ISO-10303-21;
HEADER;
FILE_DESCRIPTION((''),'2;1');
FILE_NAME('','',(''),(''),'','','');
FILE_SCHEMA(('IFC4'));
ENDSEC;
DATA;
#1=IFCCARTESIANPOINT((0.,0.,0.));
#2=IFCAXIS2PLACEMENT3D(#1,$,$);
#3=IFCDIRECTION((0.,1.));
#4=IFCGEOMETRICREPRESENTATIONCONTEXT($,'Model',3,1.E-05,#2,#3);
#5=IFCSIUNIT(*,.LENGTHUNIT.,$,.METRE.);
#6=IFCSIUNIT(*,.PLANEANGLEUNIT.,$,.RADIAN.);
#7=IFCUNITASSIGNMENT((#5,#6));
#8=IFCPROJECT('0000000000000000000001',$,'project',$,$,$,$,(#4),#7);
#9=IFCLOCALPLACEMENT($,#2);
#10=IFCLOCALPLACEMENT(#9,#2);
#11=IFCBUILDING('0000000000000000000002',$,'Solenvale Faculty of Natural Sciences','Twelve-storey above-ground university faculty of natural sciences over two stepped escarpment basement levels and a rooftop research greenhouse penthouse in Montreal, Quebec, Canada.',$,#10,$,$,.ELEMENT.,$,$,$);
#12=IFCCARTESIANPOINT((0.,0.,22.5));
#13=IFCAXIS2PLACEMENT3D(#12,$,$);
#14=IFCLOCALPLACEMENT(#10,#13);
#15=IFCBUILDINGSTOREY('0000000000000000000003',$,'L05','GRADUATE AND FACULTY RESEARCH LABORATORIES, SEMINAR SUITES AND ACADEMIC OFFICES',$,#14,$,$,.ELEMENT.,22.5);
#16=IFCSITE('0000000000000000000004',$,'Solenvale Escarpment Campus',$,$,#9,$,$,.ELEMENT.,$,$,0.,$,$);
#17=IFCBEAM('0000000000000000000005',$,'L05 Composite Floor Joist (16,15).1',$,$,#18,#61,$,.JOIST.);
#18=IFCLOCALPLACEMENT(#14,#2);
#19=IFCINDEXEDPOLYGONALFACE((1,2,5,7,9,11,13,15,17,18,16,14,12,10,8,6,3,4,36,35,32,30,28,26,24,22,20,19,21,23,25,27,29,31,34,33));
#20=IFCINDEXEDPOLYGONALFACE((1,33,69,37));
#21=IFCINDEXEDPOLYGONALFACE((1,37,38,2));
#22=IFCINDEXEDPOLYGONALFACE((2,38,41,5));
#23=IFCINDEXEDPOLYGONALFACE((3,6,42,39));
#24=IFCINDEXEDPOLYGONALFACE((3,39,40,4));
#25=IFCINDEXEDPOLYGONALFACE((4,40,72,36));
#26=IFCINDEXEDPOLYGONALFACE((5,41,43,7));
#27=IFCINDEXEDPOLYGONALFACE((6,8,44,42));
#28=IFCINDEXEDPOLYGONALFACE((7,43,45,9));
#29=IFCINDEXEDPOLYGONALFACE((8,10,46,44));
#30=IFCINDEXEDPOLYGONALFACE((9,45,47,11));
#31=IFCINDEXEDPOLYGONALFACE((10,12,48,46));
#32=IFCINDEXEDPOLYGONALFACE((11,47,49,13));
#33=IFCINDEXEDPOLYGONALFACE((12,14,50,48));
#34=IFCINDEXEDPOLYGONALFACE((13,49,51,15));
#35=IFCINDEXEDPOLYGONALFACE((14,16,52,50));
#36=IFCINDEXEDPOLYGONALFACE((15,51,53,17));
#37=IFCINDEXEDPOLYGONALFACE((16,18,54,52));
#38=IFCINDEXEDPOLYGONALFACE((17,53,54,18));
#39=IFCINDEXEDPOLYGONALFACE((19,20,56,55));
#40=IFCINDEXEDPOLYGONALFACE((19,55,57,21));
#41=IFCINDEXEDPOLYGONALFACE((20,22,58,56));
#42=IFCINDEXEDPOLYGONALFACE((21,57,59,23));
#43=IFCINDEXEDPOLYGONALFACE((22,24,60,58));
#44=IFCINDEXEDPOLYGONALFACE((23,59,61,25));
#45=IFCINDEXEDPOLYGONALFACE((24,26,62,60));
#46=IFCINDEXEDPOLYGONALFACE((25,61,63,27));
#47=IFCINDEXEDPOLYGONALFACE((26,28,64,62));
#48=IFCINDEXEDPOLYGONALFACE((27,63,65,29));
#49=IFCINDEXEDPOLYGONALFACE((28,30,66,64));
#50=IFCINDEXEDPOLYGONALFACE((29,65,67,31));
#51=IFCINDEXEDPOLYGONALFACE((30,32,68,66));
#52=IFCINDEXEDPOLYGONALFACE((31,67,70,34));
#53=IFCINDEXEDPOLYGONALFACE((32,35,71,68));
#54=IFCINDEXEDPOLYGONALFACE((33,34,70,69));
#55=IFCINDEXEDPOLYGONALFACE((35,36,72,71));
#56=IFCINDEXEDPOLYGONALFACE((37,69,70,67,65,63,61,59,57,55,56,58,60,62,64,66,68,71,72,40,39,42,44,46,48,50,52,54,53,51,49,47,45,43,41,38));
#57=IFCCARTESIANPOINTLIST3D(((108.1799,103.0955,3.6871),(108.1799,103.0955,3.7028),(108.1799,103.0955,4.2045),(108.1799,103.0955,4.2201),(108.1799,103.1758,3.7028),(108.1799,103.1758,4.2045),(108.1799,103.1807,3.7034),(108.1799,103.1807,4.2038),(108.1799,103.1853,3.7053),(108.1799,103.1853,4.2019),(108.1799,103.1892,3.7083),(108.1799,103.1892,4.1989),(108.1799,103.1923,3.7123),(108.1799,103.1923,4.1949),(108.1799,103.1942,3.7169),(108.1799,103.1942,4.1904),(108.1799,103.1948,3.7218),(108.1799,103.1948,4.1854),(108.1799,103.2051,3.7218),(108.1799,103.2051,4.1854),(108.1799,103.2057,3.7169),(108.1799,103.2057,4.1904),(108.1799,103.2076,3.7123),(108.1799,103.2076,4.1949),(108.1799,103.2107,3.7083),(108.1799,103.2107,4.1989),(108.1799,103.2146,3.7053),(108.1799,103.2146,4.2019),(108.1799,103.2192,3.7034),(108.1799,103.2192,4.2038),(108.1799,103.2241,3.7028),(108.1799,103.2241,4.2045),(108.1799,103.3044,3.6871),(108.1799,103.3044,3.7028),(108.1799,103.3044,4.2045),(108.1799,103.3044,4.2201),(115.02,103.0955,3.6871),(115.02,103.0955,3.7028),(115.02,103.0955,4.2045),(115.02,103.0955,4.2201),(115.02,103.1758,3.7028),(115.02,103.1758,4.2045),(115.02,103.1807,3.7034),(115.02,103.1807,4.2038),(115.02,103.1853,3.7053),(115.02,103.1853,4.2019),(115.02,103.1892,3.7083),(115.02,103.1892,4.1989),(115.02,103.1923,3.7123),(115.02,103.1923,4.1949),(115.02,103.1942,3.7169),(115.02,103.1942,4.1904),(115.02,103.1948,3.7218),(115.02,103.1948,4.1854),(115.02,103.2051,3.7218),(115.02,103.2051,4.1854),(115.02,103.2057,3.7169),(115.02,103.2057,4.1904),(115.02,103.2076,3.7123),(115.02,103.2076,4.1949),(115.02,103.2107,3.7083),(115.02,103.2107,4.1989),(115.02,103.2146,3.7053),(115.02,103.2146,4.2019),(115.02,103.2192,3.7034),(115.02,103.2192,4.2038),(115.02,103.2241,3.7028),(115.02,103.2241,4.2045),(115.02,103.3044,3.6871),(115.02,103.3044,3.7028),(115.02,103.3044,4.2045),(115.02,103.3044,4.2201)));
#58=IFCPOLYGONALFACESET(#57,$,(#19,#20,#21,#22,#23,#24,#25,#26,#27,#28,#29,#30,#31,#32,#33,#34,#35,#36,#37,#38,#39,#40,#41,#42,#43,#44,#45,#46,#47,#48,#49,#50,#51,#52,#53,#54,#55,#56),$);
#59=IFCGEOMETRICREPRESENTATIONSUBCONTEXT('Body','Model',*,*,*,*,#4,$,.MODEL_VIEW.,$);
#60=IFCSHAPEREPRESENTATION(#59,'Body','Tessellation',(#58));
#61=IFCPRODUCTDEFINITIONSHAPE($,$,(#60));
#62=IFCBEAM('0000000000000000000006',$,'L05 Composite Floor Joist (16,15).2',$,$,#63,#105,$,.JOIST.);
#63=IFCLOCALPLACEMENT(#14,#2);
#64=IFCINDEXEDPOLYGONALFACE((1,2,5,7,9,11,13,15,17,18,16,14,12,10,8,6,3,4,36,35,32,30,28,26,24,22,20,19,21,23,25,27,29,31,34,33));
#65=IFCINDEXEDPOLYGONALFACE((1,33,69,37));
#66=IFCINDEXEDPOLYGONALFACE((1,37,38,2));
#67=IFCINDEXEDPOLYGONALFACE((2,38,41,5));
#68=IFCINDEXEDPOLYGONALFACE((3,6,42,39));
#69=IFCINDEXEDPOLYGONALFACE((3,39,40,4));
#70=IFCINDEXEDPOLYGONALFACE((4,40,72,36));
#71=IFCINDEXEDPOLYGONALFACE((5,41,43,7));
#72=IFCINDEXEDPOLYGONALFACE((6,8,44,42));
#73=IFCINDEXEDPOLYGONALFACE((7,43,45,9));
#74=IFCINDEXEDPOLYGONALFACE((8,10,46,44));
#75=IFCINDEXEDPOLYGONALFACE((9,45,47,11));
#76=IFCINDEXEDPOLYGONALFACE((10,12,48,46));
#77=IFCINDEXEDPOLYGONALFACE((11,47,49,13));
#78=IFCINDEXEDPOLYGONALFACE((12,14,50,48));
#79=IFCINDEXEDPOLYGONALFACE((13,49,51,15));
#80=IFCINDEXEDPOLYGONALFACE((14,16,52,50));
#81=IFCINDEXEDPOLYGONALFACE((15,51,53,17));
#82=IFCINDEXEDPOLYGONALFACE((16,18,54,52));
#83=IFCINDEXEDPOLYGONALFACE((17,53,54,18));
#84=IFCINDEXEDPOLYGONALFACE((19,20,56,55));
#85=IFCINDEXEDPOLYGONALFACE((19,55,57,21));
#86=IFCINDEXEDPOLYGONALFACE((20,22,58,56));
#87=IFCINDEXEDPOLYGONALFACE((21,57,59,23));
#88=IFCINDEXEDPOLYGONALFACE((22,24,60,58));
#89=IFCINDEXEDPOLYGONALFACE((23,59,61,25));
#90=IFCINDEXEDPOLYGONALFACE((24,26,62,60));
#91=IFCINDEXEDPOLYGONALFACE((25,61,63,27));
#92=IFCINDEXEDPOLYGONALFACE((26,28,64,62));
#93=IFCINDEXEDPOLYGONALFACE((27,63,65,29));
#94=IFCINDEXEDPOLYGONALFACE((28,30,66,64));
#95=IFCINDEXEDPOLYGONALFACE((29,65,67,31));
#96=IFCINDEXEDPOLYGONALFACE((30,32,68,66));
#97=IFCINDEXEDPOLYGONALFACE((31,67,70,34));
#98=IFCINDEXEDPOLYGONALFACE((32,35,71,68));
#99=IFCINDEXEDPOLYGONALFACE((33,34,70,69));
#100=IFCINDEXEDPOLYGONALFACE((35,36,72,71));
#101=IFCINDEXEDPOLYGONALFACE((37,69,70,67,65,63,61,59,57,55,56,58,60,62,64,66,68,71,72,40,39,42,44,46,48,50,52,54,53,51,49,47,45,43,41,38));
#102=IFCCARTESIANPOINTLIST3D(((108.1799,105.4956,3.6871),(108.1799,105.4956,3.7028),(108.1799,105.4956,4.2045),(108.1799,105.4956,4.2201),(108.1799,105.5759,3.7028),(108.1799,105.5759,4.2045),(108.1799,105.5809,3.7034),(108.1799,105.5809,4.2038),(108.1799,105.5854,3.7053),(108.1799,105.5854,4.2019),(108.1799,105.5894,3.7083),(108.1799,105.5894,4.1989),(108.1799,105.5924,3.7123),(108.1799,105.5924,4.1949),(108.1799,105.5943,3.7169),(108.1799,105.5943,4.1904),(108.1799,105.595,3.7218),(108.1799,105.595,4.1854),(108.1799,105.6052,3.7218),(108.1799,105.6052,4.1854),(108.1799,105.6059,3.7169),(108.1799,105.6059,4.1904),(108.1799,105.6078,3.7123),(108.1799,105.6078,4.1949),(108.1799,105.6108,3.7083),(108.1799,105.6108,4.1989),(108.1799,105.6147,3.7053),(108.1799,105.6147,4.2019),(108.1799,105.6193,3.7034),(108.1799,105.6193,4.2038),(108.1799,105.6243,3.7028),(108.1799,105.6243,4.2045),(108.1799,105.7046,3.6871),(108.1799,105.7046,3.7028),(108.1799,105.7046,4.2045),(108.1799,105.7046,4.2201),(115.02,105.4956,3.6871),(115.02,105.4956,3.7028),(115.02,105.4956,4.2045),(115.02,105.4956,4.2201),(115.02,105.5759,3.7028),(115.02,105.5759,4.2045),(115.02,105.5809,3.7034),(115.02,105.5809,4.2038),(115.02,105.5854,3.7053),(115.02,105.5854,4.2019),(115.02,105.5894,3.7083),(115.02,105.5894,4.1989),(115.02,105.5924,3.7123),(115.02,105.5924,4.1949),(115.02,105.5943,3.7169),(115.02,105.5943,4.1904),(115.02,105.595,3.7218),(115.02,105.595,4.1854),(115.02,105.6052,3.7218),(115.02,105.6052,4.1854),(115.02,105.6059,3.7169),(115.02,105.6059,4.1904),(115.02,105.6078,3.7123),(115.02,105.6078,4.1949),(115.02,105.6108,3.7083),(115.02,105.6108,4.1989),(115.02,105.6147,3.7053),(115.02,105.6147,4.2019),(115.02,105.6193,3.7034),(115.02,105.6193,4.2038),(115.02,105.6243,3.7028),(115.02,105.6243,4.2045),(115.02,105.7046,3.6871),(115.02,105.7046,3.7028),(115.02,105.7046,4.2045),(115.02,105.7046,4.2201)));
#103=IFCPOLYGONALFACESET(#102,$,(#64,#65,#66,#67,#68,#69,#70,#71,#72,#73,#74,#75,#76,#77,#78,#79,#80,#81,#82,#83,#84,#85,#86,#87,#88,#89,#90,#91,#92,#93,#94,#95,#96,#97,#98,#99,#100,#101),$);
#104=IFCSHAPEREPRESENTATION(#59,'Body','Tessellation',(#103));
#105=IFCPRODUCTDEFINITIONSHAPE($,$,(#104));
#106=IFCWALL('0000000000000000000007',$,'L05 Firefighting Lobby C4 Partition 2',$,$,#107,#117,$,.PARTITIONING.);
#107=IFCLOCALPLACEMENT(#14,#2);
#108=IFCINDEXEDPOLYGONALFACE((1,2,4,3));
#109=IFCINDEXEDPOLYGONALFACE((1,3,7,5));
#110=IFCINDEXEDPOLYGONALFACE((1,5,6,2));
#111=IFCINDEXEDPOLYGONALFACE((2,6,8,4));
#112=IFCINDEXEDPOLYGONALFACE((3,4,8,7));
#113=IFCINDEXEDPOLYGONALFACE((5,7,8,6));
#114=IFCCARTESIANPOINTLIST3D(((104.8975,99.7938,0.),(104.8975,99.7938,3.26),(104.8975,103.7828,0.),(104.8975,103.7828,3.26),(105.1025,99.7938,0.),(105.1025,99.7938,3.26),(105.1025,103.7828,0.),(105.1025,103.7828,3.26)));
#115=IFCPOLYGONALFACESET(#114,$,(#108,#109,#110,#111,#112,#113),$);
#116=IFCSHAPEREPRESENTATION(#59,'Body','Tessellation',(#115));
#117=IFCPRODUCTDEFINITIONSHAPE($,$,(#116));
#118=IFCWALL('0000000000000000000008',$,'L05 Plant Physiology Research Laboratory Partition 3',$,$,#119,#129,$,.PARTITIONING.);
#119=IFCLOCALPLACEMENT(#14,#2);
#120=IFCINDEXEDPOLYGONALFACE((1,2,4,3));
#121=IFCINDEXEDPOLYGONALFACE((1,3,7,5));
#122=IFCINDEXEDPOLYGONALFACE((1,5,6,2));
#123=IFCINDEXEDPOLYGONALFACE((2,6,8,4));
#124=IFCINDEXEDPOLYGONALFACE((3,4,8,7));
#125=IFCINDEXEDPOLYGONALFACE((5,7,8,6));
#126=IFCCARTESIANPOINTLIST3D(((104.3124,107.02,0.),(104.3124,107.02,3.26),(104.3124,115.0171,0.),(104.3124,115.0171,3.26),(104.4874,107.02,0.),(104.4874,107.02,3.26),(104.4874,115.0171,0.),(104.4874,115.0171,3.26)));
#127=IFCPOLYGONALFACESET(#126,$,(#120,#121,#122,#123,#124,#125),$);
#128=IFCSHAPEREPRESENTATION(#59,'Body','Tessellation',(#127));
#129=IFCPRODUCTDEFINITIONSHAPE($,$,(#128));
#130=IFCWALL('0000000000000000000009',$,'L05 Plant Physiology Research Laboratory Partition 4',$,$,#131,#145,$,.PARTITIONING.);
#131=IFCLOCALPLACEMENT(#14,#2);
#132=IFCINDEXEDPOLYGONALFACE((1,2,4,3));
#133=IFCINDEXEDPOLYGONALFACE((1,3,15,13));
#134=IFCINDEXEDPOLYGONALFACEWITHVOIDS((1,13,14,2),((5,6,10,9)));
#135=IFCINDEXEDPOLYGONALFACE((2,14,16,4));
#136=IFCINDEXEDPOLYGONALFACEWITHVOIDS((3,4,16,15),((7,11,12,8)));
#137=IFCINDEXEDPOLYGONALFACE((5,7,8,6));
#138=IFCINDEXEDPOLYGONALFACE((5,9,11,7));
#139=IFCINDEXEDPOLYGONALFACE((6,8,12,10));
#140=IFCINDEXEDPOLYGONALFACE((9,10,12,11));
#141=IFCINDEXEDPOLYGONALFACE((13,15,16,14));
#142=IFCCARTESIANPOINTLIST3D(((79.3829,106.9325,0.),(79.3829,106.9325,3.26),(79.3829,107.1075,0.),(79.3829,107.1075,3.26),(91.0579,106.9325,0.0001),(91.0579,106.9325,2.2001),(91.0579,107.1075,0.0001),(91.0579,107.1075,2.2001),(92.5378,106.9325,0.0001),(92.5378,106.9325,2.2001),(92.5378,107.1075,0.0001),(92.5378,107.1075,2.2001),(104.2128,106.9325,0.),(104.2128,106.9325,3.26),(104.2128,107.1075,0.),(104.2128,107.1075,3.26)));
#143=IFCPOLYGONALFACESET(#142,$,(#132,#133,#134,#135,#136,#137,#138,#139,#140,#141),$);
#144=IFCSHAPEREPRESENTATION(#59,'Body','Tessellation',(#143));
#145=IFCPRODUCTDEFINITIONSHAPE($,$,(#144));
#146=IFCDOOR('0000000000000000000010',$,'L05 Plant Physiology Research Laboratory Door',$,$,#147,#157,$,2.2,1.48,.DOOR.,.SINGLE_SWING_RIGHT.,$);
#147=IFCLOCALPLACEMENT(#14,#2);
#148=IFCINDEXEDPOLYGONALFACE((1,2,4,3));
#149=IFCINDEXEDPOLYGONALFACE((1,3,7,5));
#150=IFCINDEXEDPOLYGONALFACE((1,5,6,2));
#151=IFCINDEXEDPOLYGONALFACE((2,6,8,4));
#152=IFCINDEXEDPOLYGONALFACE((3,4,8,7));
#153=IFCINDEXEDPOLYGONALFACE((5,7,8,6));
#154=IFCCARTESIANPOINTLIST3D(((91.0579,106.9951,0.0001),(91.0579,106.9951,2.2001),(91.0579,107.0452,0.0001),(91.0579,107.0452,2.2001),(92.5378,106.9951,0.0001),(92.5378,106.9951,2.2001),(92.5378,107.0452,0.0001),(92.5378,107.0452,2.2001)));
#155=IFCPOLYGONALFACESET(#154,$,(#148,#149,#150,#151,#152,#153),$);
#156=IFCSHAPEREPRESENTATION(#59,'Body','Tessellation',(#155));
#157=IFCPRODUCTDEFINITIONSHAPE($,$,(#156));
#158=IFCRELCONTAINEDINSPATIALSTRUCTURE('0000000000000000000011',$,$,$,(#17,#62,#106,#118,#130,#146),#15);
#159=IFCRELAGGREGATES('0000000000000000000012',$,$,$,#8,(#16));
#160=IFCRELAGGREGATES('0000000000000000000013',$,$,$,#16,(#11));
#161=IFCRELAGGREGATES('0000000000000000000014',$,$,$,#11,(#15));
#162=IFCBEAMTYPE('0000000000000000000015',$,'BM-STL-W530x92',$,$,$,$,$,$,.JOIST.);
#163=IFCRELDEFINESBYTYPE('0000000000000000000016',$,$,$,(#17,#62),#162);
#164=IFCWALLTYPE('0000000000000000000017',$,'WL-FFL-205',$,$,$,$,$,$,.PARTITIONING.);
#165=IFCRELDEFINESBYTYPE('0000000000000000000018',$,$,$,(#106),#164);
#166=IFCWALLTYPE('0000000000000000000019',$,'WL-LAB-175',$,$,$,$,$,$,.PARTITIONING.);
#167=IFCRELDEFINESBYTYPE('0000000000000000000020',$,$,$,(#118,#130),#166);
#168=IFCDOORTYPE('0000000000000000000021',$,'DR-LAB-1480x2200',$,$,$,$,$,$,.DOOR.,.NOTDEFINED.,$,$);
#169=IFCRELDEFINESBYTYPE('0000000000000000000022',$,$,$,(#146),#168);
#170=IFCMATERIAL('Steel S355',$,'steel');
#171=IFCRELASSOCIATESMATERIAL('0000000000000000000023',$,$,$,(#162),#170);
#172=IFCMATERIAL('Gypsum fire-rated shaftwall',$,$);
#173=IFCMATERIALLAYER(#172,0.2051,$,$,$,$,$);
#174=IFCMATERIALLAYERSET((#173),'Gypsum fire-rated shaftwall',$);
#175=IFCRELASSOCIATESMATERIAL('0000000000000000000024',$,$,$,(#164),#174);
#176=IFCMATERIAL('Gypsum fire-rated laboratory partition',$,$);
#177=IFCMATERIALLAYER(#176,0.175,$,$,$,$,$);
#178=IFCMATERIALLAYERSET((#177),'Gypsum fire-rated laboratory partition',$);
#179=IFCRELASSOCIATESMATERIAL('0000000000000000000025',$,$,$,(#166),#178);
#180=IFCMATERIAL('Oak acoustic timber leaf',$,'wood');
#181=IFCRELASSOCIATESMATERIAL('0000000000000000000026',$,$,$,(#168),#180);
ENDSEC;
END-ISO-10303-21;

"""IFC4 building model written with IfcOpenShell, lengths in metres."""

from ifc_helpers import new_model, si_unit, direction, frame, frame_2d, origin, origin_2d, place, context, subcontext, project, spatial, rectangle, i_section, extrude, material, layer, layer_set, material_profile, profile_set, type_object, element, fill, save


model = new_model("IFC4")

# Units and contexts
model_context = context("Model", 3, precision=1e-05, world=origin(), true_north=direction((0.0, 1.0)))
body_context = subcontext(model_context, "Body", "Model", "MODEL_VIEW")
ifc_project = project(units=[si_unit("LENGTHUNIT", "METRE"), si_unit("PLANEANGLEUNIT", "RADIAN")], contexts=[model_context])

# Site, building, storey
site_placement = place(None, origin())
site = spatial("IfcSite", under=ifc_project, at=site_placement, Name="Solenvale Escarpment Campus", CompositionType="ELEMENT", RefElevation=0.0)
building_placement = place(site_placement, origin())
building = spatial("IfcBuilding", under=site, at=building_placement, Name="Solenvale Faculty of Natural Sciences", Description="Twelve-storey above-ground university faculty of natural sciences over two stepped escarpment basement levels and a rooftop research greenhouse penthouse in Montreal, Quebec, Canada.", CompositionType="ELEMENT")
storey_placement = place(building_placement, frame((0.0, 0.0, 22.5)))
storey = spatial("IfcBuildingStorey", under=building, at=storey_placement, Name="L05", Description="GRADUATE AND FACULTY RESEARCH LABORATORIES, SEMINAR SUITES AND ACADEMIC OFFICES", CompositionType="ELEMENT", Elevation=22.5)

# Beams
ifc_material_1 = material(Name="Steel S355", Category="steel")
ifc_material_profile_1 = material_profile(ifc_material_1, i_section(OverallWidth=0.209, OverallDepth=0.533, WebThickness=0.0103, FlangeThickness=0.0156, FilletRadius=0.019, at=origin_2d()), Name="W530x92")
ifc_profile_set_1 = profile_set([ifc_material_profile_1], Name="Steel S355")
beam_type_1 = type_object("IfcBeamType", Name="BM-STL-W530x92", PredefinedType="JOIST", material=ifc_profile_set_1)
for number, where, z_axis, x_axis, name in (
    (1, (108.1799, 103.2, 3.9536), (1.0, 0.0, 0.0), (0.0, 1.0, 0.0), "L05 Composite Floor Joist (16,15).1"),
    (2, (108.1799, 105.6001, 3.9536), (1.0, 0.0, 0.0), (0.0, 1.0, 0.0), "L05 Composite Floor Joist (16,15).2"),
):
    element("IfcBeam", number, at=place(storey_placement, frame(where, z_axis=z_axis, x_axis=x_axis)), inside=storey, type_object=beam_type_1, Name=name, PredefinedType="JOIST", context=body_context, shape_type="SweptSolid", body=[
        extrude(i_section(OverallWidth=0.209, OverallDepth=0.533, WebThickness=0.0103, FlangeThickness=0.0156, FilletRadius=0.019, at=origin_2d()), origin(), (0.0, 0.0, 1.0), 6.8401),
    ])

# Shared definitions
ifc_material_2 = material(Name="Gypsum fire-rated shaftwall")
ifc_layer_1 = layer(ifc_material_2, 0.2051)
ifc_layer_set_1 = layer_set([ifc_layer_1], Name="Gypsum fire-rated shaftwall")
wall_type_1 = type_object("IfcWallType", Name="WL-FFL-205", PredefinedType="PARTITIONING", material=ifc_layer_set_1)

# Walls
wall_1_placement = place(storey_placement, frame((105.0, 103.783, 0.0), z_axis=(0.0, 0.0, 1.0), x_axis=(0.0, -1.0, 0.0)))
element("IfcWall", 3, at=wall_1_placement, inside=storey, type_object=wall_type_1, Name="L05 Firefighting Lobby C4 Partition 2", PredefinedType="PARTITIONING", context=body_context, shape_type="SweptSolid", body=[
    extrude(rectangle(XDim=3.989, YDim=0.2051, at=frame_2d((1.9946, 0.0))), origin(), (0.0, 0.0, 1.0), 3.26),
])
ifc_material_3 = material(Name="Gypsum fire-rated laboratory partition")
ifc_layer_2 = layer(ifc_material_3, 0.175)
ifc_layer_set_2 = layer_set([ifc_layer_2], Name="Gypsum fire-rated laboratory partition")
wall_type_2 = type_object("IfcWallType", Name="WL-LAB-175", PredefinedType="PARTITIONING", material=ifc_layer_set_2)
wall_2_placement = place(storey_placement, frame((104.3999, 115.0171, 0.0), z_axis=(0.0, 0.0, 1.0), x_axis=(0.0, -1.0, 0.0)))
element("IfcWall", 4, at=wall_2_placement, inside=storey, type_object=wall_type_2, Name="L05 Plant Physiology Research Laboratory Partition 3", PredefinedType="PARTITIONING", context=body_context, shape_type="SweptSolid", body=[
    extrude(rectangle(XDim=7.9971, YDim=0.175, at=frame_2d((3.9985, 0.0))), origin(), (0.0, 0.0, 1.0), 3.26),
])

# Wall, opening, door
wall_3_placement = place(storey_placement, frame((104.2129, 107.02, 0.0), z_axis=(0.0, 0.0, 1.0), x_axis=(-1.0, 0.0, 0.0)))
wall_3 = element("IfcWall", 5, at=wall_3_placement, inside=storey, type_object=wall_type_2, Name="L05 Plant Physiology Research Laboratory Partition 4", PredefinedType="PARTITIONING", context=body_context, shape_type="SweptSolid", body=[
    extrude(rectangle(XDim=24.8298, YDim=0.175, at=frame_2d((12.415, 0.0))), origin(), (0.0, 0.0, 1.0), 3.26),
])
opening_1_placement = place(wall_3_placement, frame((11.675, 0.0, 0.0)))
opening_1 = element("IfcOpeningElement", 6, at=opening_1_placement, cuts=wall_3, PredefinedType="OPENING", context=body_context, shape_type="SweptSolid", body=[
    extrude(rectangle(XDim=1.48, YDim=2.2, at=frame_2d((0.74, 1.1001))), frame((0.0, 0.0974, 0.0), z_axis=(0.0, -1.0, 0.0), x_axis=(1.0, 0.0, 0.0)), (0.0, 0.0, 1.0), 0.1951),
])
ifc_material_4 = material(Name="Oak acoustic timber leaf", Category="wood")
door_type_1 = type_object("IfcDoorType", Name="DR-LAB-1480x2200", OperationType="NOTDEFINED", PredefinedType="DOOR", material=ifc_material_4)
door_1_placement = place(opening_1_placement, origin())
door_1 = element("IfcDoor", 7, at=door_1_placement, inside=storey, type_object=door_type_1, Name="L05 Plant Physiology Research Laboratory Door", OperationType="SINGLE_SWING_RIGHT", OverallHeight=2.2, OverallWidth=1.48, PredefinedType="DOOR", context=body_context, shape_type="SweptSolid", body=[
    extrude(rectangle(XDim=1.48, YDim=2.2, at=frame_2d((0.74, 1.1001))), frame((0.0, 0.0249, 0.0), z_axis=(0.0, -1.0, 0.0), x_axis=(1.0, 0.0, 0.0)), (0.0, 0.0, 1.0), 0.05),
])
fill(opening_1, door_1)

save(model, "model.ifc")
